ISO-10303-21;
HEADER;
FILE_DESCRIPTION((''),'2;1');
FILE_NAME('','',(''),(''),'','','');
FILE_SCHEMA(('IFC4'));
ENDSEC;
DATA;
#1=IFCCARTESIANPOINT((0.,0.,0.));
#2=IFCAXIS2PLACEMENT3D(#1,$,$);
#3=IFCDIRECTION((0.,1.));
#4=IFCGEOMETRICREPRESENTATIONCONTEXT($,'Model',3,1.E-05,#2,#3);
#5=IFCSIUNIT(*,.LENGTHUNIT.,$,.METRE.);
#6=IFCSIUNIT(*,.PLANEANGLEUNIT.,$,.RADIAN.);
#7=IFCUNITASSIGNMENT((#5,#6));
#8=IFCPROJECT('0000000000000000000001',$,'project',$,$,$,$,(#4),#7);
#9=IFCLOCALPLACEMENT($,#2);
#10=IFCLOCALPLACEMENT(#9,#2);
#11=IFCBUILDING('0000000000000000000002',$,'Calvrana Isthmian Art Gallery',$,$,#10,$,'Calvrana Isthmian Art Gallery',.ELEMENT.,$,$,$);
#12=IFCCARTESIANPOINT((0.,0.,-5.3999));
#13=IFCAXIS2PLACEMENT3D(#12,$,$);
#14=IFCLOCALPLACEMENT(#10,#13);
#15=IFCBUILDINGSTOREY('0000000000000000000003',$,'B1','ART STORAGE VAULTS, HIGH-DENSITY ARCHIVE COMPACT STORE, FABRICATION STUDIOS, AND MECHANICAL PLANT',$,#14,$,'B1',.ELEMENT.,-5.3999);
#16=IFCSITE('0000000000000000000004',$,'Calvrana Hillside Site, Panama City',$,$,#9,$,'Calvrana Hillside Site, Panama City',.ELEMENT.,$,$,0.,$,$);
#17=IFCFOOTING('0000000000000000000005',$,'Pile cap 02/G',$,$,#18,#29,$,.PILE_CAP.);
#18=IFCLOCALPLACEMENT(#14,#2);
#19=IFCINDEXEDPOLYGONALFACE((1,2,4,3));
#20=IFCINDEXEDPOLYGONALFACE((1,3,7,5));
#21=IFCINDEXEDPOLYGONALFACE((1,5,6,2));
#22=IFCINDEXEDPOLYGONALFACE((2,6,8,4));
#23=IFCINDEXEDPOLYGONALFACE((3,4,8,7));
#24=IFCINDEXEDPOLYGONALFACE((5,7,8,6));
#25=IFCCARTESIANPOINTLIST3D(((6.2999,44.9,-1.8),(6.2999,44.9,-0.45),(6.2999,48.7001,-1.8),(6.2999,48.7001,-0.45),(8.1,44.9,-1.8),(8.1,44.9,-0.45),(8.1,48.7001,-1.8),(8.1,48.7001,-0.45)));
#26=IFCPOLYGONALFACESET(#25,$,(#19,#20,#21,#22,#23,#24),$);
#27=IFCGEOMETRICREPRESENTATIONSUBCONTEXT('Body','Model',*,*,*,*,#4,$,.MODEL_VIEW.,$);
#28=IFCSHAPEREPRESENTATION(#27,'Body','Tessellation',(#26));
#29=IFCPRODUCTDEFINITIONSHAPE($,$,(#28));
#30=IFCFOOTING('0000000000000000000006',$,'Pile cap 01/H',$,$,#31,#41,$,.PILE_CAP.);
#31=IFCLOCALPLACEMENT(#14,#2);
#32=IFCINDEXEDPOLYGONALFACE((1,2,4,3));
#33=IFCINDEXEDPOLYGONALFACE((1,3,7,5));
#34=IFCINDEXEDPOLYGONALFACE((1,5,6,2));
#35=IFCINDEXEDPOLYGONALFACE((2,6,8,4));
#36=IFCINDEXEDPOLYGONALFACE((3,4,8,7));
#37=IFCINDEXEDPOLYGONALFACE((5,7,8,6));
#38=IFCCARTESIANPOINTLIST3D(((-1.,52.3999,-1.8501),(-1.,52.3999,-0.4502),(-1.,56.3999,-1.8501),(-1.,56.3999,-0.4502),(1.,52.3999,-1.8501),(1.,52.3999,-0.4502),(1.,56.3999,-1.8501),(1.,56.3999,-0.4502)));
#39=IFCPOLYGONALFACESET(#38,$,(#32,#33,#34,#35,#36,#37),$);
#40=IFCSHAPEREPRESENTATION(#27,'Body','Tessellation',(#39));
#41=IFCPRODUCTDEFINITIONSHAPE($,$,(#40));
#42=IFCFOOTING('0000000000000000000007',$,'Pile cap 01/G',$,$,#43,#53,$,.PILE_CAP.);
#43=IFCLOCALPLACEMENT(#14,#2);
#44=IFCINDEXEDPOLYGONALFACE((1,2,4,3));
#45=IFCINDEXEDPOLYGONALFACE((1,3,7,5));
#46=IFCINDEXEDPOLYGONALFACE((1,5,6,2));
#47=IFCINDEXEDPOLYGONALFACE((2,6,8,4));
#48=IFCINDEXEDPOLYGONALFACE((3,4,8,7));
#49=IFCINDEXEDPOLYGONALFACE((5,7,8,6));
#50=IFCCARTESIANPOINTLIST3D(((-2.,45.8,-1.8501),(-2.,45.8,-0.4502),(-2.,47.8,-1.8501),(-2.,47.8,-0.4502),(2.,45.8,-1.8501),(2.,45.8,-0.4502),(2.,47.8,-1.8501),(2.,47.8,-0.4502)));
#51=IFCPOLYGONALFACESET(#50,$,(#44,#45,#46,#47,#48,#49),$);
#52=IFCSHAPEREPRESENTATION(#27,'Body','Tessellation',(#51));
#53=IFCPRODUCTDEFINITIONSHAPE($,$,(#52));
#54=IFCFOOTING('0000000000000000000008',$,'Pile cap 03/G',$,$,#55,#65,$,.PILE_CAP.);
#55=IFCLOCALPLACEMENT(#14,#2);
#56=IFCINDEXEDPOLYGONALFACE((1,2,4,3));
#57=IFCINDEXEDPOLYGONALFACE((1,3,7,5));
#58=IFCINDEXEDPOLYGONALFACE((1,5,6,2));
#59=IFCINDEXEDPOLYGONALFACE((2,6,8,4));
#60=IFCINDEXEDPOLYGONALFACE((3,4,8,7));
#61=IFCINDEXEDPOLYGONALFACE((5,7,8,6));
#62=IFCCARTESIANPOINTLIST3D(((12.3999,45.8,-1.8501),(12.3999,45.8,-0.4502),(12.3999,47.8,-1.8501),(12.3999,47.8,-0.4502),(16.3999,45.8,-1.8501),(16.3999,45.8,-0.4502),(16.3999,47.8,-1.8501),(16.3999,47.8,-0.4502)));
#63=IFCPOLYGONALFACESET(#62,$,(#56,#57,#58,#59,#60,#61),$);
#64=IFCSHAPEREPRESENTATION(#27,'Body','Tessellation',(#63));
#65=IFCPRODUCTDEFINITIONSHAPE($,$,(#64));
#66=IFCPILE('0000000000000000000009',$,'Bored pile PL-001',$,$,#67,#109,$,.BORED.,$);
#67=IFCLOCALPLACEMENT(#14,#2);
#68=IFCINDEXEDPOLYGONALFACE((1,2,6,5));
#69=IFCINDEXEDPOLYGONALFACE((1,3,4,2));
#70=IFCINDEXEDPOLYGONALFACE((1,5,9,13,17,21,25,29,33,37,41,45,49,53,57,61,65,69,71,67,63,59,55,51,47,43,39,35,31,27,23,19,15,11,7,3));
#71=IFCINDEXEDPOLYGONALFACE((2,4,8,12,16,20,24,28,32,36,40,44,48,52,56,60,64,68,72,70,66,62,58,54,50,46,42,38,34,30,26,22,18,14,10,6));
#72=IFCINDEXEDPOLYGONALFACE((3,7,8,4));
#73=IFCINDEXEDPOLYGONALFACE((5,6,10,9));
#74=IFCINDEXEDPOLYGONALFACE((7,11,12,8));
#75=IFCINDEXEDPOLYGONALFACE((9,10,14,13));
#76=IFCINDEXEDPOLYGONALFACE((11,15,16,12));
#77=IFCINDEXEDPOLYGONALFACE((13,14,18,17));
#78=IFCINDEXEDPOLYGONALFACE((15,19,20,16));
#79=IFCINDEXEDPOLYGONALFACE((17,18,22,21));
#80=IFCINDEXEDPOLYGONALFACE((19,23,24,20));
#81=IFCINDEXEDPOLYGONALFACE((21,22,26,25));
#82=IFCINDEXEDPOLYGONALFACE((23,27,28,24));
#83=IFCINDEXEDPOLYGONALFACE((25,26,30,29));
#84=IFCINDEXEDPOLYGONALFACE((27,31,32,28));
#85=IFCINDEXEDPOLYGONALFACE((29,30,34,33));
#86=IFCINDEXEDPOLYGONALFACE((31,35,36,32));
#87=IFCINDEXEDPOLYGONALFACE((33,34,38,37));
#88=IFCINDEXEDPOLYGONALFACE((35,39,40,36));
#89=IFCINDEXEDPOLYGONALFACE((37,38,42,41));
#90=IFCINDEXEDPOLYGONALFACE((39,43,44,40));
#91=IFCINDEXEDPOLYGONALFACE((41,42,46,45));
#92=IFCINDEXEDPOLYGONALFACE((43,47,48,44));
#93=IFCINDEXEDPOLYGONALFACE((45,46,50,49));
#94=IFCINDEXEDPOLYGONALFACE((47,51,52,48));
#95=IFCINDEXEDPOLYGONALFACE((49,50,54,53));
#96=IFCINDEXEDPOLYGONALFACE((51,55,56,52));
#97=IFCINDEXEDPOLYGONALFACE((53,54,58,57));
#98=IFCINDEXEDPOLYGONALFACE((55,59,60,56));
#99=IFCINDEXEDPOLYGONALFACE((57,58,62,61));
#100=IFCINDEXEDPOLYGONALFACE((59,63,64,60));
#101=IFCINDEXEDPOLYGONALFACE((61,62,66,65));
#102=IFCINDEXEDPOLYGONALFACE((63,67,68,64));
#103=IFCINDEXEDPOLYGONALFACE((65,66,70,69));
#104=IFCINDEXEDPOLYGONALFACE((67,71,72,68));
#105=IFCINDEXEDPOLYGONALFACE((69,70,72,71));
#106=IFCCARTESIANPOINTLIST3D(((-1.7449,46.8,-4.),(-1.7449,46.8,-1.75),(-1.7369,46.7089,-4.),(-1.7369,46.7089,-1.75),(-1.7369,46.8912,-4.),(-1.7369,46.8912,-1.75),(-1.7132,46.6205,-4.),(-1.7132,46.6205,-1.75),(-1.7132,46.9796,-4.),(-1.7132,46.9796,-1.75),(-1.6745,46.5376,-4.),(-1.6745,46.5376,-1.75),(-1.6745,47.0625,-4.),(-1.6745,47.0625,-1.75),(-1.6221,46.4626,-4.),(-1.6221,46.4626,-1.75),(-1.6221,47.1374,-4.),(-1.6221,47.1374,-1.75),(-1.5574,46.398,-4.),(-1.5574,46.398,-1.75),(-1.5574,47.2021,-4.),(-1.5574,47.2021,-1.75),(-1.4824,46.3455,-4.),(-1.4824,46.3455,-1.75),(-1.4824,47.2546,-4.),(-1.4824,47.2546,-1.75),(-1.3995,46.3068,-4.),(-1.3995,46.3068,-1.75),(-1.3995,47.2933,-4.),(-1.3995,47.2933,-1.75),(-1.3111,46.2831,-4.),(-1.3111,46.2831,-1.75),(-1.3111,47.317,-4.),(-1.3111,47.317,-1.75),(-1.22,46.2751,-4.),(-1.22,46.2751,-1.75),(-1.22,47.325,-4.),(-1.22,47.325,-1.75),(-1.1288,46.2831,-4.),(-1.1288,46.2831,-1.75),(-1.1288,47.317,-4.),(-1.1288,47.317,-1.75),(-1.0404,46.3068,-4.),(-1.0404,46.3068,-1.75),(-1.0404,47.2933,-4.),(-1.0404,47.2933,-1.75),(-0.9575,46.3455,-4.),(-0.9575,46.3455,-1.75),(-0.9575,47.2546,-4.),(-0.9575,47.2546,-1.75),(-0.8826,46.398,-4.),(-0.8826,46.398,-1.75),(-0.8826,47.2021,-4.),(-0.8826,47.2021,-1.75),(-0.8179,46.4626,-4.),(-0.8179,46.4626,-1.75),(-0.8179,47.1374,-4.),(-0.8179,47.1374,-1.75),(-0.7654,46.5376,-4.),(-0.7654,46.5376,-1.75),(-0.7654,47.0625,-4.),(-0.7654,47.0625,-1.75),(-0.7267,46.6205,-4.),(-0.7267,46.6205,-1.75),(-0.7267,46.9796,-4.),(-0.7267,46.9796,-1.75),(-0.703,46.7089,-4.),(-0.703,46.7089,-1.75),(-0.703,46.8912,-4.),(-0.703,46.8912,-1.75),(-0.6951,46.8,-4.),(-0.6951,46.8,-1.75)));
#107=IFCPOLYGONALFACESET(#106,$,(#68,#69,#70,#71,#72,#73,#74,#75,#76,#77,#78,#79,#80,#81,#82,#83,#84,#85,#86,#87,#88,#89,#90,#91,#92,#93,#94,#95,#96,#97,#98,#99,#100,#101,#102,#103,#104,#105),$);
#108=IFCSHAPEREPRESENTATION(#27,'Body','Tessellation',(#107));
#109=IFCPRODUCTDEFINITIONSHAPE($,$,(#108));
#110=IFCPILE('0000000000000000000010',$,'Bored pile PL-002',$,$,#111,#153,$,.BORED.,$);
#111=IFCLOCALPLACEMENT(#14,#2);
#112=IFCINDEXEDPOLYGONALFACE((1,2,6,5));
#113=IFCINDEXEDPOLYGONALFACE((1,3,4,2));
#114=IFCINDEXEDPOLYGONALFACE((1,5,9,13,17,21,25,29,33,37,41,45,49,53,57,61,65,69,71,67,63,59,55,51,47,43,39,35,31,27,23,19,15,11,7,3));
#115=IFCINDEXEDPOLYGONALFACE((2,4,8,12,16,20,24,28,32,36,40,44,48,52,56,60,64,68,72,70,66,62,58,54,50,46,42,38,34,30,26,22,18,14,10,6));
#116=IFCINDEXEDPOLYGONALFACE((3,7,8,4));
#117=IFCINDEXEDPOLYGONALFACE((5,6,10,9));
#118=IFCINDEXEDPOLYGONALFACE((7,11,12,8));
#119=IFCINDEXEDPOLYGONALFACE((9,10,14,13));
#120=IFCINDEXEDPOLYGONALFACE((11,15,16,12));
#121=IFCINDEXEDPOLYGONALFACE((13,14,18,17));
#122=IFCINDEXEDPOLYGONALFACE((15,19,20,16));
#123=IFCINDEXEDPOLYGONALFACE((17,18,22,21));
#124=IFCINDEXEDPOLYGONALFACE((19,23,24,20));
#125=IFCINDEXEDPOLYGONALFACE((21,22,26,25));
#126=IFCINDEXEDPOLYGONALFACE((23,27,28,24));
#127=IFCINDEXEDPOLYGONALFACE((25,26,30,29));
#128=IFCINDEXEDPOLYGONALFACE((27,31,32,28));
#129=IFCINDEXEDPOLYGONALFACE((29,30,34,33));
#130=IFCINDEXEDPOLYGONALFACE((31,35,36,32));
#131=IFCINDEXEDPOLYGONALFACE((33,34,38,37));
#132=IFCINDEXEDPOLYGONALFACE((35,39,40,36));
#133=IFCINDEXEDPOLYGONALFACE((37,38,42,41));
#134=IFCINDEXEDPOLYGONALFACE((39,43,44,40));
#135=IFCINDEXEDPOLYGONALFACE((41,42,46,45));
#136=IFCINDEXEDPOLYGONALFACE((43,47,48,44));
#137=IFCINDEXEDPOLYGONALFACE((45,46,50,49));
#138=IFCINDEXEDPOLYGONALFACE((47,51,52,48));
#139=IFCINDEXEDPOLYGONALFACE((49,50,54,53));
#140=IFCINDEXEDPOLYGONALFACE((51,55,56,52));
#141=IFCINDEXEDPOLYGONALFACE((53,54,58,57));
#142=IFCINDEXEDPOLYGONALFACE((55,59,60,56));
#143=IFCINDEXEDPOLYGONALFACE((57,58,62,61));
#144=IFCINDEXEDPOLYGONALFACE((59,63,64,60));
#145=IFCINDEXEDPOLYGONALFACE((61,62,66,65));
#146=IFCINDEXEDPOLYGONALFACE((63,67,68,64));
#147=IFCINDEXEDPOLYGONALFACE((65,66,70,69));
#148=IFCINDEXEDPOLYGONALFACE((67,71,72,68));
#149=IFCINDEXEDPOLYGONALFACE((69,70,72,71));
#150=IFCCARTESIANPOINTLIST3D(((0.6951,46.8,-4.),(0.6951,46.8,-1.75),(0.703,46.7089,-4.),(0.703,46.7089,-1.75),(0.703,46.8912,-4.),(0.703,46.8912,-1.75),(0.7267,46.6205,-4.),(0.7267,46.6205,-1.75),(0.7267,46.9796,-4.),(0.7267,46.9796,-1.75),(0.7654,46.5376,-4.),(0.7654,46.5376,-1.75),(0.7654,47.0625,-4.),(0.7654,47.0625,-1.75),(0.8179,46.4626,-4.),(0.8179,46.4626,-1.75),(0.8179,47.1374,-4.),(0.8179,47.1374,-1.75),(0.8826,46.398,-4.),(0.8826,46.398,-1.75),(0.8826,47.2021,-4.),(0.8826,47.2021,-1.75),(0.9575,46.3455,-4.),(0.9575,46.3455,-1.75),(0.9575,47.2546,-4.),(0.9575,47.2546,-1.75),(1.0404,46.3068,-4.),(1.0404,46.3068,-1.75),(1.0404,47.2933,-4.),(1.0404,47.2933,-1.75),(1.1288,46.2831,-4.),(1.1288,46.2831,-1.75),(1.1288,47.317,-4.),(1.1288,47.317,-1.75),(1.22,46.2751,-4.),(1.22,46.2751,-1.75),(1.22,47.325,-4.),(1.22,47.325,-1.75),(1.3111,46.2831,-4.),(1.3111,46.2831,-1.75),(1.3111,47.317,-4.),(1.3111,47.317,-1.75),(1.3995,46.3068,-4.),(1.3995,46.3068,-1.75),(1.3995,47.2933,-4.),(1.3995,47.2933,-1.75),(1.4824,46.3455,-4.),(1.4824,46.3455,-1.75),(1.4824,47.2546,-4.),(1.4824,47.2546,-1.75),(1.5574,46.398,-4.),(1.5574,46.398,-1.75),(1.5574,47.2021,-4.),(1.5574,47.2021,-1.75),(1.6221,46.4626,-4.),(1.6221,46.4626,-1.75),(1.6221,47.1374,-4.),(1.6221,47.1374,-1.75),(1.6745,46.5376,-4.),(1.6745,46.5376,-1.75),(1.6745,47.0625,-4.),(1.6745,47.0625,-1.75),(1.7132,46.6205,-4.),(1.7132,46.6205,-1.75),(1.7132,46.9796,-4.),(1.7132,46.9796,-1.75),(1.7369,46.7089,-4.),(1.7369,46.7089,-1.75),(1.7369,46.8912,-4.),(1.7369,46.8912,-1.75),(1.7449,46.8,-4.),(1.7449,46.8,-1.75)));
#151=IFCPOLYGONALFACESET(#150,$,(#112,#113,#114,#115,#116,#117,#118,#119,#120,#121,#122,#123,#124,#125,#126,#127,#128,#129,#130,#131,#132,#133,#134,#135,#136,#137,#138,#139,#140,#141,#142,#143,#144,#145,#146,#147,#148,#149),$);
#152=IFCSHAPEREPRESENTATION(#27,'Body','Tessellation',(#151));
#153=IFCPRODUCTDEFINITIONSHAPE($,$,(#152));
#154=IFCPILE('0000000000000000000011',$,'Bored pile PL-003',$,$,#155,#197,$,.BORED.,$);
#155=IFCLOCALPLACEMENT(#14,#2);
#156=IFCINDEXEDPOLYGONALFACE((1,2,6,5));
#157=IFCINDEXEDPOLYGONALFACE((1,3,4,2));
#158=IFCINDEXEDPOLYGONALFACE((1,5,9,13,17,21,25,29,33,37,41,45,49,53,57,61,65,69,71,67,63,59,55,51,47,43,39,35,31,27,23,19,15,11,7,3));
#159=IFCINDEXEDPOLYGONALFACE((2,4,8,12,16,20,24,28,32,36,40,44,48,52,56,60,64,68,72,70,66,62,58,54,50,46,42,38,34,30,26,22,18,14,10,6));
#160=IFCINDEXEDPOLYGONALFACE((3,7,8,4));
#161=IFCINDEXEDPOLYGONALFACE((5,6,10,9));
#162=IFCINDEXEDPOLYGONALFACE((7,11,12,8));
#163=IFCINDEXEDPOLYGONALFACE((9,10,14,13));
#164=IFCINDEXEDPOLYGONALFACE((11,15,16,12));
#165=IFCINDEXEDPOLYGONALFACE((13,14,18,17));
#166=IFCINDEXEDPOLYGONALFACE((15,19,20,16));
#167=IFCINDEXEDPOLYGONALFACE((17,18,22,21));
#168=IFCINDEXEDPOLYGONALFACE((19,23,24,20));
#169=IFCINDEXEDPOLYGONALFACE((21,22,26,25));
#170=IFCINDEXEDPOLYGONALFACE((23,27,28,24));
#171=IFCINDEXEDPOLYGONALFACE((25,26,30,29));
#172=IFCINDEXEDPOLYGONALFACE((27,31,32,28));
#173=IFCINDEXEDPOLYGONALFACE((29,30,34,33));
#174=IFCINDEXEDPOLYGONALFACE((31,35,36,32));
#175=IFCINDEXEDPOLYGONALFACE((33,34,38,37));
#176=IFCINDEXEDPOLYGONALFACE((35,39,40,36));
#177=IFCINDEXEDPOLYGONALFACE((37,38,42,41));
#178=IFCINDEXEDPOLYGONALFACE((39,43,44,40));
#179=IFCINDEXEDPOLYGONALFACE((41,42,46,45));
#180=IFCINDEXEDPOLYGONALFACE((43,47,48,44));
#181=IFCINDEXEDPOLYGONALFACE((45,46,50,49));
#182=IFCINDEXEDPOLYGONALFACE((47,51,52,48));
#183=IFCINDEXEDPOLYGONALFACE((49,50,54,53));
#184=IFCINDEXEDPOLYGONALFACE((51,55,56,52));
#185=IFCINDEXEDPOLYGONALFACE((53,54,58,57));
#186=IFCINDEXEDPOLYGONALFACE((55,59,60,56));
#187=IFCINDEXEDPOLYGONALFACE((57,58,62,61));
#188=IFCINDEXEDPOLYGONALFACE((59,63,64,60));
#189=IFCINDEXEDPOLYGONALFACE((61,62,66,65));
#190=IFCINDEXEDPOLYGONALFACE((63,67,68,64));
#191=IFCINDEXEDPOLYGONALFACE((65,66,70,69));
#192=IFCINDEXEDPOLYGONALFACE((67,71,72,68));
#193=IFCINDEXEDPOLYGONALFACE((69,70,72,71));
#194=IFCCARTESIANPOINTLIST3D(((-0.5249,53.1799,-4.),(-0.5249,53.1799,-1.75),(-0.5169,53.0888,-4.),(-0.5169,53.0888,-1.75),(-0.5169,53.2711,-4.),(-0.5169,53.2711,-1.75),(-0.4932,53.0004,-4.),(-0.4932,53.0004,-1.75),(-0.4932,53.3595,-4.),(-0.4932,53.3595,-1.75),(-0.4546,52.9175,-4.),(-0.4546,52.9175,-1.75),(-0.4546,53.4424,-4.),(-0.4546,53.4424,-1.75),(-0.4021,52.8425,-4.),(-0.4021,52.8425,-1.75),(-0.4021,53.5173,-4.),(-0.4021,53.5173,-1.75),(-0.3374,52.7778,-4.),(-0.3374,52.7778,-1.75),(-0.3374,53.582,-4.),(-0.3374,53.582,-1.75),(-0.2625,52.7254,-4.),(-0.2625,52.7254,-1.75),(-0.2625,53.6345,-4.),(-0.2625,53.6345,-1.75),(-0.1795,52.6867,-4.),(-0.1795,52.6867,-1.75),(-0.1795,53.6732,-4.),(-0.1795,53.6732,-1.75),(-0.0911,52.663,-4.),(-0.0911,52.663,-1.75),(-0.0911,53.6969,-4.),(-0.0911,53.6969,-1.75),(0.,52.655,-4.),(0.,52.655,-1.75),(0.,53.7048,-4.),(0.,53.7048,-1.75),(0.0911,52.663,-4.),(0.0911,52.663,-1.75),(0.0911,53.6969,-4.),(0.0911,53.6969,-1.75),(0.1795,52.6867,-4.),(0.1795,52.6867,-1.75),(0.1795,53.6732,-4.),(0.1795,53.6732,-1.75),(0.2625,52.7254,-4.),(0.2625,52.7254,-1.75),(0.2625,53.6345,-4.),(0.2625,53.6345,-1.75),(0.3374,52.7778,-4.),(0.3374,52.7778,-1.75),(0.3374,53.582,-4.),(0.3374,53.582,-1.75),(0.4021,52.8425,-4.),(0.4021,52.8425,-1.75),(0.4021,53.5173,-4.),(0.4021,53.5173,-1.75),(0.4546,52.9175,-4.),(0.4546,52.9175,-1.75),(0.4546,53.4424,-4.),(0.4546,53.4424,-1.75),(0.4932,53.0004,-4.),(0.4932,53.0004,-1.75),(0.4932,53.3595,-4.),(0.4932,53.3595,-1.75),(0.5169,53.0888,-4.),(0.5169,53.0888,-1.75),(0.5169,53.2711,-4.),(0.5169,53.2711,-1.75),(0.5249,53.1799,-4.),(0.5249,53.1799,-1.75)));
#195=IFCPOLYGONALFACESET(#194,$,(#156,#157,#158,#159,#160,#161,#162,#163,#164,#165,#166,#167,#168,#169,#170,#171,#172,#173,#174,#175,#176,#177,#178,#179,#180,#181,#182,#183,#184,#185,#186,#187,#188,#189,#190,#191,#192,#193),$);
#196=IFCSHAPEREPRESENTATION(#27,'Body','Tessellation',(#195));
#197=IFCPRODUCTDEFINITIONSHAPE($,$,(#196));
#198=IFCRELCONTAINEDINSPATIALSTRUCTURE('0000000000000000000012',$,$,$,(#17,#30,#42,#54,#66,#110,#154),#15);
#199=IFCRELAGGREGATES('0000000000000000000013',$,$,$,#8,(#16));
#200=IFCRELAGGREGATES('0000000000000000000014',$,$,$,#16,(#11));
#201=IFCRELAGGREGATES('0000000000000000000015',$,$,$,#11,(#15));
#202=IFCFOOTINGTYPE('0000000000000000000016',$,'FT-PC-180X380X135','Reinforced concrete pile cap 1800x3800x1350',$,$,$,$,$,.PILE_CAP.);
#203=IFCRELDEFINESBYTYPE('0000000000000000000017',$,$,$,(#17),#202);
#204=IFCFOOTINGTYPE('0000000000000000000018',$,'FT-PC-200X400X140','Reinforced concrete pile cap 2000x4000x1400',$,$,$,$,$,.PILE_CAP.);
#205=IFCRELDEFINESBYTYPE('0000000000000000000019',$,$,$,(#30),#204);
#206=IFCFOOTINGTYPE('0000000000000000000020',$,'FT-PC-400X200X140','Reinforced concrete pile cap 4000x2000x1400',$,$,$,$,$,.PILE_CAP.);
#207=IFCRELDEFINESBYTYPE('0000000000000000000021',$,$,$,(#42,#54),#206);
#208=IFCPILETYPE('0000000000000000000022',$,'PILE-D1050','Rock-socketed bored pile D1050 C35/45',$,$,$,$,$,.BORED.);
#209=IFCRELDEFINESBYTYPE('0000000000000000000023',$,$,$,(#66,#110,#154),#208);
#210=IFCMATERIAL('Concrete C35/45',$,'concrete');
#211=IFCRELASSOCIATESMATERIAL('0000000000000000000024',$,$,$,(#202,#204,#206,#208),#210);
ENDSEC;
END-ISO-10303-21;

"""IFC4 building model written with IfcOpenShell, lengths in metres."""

from ifc_helpers import new_model, si_unit, direction, frame, origin, origin_2d, place, context, subcontext, project, spatial, rectangle, circle, extrude, material, material_profile, profile_set, type_object, element, save


model = new_model("IFC4")

# Units and contexts
model_context = context("Model", 3, precision=1e-05, world=origin(), true_north=direction((0.0, 1.0)))
body_context = subcontext(model_context, "Body", "Model", "MODEL_VIEW")
ifc_project = project(units=[si_unit("LENGTHUNIT", "METRE"), si_unit("PLANEANGLEUNIT", "RADIAN")], contexts=[model_context])

# Site, building, storey
site_placement = place(None, origin())
site = spatial("IfcSite", under=ifc_project, at=site_placement, Name="Calvrana Hillside Site, Panama City", LongName="Calvrana Hillside Site, Panama City", CompositionType="ELEMENT", RefElevation=0.0)
building_placement = place(site_placement, origin())
building = spatial("IfcBuilding", under=site, at=building_placement, Name="Calvrana Isthmian Art Gallery", LongName="Calvrana Isthmian Art Gallery", CompositionType="ELEMENT")
storey_placement = place(building_placement, frame((0.0, 0.0, -5.3999)))
storey = spatial("IfcBuildingStorey", under=building, at=storey_placement, Name="B1", Description="ART STORAGE VAULTS, HIGH-DENSITY ARCHIVE COMPACT STORE, FABRICATION STUDIOS, AND MECHANICAL PLANT", LongName="B1", CompositionType="ELEMENT", Elevation=-5.3999)

# Footings
ifc_material_1 = material(Name="Concrete C35/45", Category="concrete")
footing_type_1 = type_object("IfcFootingType", Name="FT-PC-180X380X135", Description="Reinforced concrete pile cap 1800x3800x1350", PredefinedType="PILE_CAP", material=ifc_material_1)
footing_1_placement = place(storey_placement, frame((7.2, 46.8, -1.8), z_axis=(0.0, 0.0, 1.0), x_axis=(1.0, 0.0, 0.0)))
element("IfcFooting", 1, at=footing_1_placement, inside=storey, type_object=footing_type_1, Name="Pile cap 02/G", PredefinedType="PILE_CAP", context=body_context, shape_type="SweptSolid", body=[
    extrude(rectangle(XDim=1.8, YDim=3.8, at=origin_2d()), origin(), (0.0, 0.0, 1.0), 1.3501),
])
footing_type_2 = type_object("IfcFootingType", Name="FT-PC-200X400X140", Description="Reinforced concrete pile cap 2000x4000x1400", PredefinedType="PILE_CAP", material=ifc_material_1)
footing_2_placement = place(storey_placement, frame((0.0, 54.3999, -1.8501), z_axis=(0.0, 0.0, 1.0), x_axis=(1.0, 0.0, 0.0)))
element("IfcFooting", 2, at=footing_2_placement, inside=storey, type_object=footing_type_2, Name="Pile cap 01/H", PredefinedType="PILE_CAP", context=body_context, shape_type="SweptSolid", body=[
    extrude(rectangle(XDim=2.0, YDim=4.0, at=origin_2d()), origin(), (0.0, 0.0, 1.0), 1.3999),
])
footing_type_3 = type_object("IfcFootingType", Name="FT-PC-400X200X140", Description="Reinforced concrete pile cap 4000x2000x1400", PredefinedType="PILE_CAP", material=ifc_material_1)
for number, where, z_axis, x_axis, name in (
    (3, (0.0, 46.8, -1.8501), (0.0, 0.0, 1.0), (1.0, 0.0, 0.0), "Pile cap 01/G"),
    (4, (14.3999, 46.8, -1.8501), (0.0, 0.0, 1.0), (1.0, 0.0, 0.0), "Pile cap 03/G"),
):
    element("IfcFooting", number, at=place(storey_placement, frame(where, z_axis=z_axis, x_axis=x_axis)), inside=storey, type_object=footing_type_3, Name=name, PredefinedType="PILE_CAP", context=body_context, shape_type="SweptSolid", body=[
        extrude(rectangle(XDim=4.0, YDim=2.0, at=origin_2d()), origin(), (0.0, 0.0, 1.0), 1.3999),
    ])

# Piles
ifc_material_profile_1 = material_profile(ifc_material_1, circle(Radius=0.5249, at=origin_2d()), Name="PILE1050D")
ifc_profile_set_1 = profile_set([ifc_material_profile_1], Name="Concrete C35/45")
pile_type_1 = type_object("IfcPileType", Name="PILE-D1050", Description="Rock-socketed bored pile D1050 C35/45", PredefinedType="BORED", material=ifc_profile_set_1)
for number, where, z_axis, x_axis, name in (
    (5, (-1.22, 46.8, -1.75), (0.0, 0.0, -1.0), (1.0, 0.0, 0.0), "Bored pile PL-001"),
    (6, (1.22, 46.8, -1.75), (0.0, 0.0, -1.0), (1.0, 0.0, 0.0), "Bored pile PL-002"),
    (7, (0.0, 53.1799, -1.75), (0.0, 0.0, -1.0), (1.0, 0.0, 0.0), "Bored pile PL-003"),
):
    element("IfcPile", number, at=place(storey_placement, frame(where, z_axis=z_axis, x_axis=x_axis)), inside=storey, type_object=pile_type_1, Name=name, PredefinedType="BORED", context=body_context, shape_type="SweptSolid", body=[
        extrude(circle(Radius=0.5249, at=origin_2d()), origin(), (0.0, 0.0, 1.0), 2.25),
    ])

save(model, "model.ifc")
